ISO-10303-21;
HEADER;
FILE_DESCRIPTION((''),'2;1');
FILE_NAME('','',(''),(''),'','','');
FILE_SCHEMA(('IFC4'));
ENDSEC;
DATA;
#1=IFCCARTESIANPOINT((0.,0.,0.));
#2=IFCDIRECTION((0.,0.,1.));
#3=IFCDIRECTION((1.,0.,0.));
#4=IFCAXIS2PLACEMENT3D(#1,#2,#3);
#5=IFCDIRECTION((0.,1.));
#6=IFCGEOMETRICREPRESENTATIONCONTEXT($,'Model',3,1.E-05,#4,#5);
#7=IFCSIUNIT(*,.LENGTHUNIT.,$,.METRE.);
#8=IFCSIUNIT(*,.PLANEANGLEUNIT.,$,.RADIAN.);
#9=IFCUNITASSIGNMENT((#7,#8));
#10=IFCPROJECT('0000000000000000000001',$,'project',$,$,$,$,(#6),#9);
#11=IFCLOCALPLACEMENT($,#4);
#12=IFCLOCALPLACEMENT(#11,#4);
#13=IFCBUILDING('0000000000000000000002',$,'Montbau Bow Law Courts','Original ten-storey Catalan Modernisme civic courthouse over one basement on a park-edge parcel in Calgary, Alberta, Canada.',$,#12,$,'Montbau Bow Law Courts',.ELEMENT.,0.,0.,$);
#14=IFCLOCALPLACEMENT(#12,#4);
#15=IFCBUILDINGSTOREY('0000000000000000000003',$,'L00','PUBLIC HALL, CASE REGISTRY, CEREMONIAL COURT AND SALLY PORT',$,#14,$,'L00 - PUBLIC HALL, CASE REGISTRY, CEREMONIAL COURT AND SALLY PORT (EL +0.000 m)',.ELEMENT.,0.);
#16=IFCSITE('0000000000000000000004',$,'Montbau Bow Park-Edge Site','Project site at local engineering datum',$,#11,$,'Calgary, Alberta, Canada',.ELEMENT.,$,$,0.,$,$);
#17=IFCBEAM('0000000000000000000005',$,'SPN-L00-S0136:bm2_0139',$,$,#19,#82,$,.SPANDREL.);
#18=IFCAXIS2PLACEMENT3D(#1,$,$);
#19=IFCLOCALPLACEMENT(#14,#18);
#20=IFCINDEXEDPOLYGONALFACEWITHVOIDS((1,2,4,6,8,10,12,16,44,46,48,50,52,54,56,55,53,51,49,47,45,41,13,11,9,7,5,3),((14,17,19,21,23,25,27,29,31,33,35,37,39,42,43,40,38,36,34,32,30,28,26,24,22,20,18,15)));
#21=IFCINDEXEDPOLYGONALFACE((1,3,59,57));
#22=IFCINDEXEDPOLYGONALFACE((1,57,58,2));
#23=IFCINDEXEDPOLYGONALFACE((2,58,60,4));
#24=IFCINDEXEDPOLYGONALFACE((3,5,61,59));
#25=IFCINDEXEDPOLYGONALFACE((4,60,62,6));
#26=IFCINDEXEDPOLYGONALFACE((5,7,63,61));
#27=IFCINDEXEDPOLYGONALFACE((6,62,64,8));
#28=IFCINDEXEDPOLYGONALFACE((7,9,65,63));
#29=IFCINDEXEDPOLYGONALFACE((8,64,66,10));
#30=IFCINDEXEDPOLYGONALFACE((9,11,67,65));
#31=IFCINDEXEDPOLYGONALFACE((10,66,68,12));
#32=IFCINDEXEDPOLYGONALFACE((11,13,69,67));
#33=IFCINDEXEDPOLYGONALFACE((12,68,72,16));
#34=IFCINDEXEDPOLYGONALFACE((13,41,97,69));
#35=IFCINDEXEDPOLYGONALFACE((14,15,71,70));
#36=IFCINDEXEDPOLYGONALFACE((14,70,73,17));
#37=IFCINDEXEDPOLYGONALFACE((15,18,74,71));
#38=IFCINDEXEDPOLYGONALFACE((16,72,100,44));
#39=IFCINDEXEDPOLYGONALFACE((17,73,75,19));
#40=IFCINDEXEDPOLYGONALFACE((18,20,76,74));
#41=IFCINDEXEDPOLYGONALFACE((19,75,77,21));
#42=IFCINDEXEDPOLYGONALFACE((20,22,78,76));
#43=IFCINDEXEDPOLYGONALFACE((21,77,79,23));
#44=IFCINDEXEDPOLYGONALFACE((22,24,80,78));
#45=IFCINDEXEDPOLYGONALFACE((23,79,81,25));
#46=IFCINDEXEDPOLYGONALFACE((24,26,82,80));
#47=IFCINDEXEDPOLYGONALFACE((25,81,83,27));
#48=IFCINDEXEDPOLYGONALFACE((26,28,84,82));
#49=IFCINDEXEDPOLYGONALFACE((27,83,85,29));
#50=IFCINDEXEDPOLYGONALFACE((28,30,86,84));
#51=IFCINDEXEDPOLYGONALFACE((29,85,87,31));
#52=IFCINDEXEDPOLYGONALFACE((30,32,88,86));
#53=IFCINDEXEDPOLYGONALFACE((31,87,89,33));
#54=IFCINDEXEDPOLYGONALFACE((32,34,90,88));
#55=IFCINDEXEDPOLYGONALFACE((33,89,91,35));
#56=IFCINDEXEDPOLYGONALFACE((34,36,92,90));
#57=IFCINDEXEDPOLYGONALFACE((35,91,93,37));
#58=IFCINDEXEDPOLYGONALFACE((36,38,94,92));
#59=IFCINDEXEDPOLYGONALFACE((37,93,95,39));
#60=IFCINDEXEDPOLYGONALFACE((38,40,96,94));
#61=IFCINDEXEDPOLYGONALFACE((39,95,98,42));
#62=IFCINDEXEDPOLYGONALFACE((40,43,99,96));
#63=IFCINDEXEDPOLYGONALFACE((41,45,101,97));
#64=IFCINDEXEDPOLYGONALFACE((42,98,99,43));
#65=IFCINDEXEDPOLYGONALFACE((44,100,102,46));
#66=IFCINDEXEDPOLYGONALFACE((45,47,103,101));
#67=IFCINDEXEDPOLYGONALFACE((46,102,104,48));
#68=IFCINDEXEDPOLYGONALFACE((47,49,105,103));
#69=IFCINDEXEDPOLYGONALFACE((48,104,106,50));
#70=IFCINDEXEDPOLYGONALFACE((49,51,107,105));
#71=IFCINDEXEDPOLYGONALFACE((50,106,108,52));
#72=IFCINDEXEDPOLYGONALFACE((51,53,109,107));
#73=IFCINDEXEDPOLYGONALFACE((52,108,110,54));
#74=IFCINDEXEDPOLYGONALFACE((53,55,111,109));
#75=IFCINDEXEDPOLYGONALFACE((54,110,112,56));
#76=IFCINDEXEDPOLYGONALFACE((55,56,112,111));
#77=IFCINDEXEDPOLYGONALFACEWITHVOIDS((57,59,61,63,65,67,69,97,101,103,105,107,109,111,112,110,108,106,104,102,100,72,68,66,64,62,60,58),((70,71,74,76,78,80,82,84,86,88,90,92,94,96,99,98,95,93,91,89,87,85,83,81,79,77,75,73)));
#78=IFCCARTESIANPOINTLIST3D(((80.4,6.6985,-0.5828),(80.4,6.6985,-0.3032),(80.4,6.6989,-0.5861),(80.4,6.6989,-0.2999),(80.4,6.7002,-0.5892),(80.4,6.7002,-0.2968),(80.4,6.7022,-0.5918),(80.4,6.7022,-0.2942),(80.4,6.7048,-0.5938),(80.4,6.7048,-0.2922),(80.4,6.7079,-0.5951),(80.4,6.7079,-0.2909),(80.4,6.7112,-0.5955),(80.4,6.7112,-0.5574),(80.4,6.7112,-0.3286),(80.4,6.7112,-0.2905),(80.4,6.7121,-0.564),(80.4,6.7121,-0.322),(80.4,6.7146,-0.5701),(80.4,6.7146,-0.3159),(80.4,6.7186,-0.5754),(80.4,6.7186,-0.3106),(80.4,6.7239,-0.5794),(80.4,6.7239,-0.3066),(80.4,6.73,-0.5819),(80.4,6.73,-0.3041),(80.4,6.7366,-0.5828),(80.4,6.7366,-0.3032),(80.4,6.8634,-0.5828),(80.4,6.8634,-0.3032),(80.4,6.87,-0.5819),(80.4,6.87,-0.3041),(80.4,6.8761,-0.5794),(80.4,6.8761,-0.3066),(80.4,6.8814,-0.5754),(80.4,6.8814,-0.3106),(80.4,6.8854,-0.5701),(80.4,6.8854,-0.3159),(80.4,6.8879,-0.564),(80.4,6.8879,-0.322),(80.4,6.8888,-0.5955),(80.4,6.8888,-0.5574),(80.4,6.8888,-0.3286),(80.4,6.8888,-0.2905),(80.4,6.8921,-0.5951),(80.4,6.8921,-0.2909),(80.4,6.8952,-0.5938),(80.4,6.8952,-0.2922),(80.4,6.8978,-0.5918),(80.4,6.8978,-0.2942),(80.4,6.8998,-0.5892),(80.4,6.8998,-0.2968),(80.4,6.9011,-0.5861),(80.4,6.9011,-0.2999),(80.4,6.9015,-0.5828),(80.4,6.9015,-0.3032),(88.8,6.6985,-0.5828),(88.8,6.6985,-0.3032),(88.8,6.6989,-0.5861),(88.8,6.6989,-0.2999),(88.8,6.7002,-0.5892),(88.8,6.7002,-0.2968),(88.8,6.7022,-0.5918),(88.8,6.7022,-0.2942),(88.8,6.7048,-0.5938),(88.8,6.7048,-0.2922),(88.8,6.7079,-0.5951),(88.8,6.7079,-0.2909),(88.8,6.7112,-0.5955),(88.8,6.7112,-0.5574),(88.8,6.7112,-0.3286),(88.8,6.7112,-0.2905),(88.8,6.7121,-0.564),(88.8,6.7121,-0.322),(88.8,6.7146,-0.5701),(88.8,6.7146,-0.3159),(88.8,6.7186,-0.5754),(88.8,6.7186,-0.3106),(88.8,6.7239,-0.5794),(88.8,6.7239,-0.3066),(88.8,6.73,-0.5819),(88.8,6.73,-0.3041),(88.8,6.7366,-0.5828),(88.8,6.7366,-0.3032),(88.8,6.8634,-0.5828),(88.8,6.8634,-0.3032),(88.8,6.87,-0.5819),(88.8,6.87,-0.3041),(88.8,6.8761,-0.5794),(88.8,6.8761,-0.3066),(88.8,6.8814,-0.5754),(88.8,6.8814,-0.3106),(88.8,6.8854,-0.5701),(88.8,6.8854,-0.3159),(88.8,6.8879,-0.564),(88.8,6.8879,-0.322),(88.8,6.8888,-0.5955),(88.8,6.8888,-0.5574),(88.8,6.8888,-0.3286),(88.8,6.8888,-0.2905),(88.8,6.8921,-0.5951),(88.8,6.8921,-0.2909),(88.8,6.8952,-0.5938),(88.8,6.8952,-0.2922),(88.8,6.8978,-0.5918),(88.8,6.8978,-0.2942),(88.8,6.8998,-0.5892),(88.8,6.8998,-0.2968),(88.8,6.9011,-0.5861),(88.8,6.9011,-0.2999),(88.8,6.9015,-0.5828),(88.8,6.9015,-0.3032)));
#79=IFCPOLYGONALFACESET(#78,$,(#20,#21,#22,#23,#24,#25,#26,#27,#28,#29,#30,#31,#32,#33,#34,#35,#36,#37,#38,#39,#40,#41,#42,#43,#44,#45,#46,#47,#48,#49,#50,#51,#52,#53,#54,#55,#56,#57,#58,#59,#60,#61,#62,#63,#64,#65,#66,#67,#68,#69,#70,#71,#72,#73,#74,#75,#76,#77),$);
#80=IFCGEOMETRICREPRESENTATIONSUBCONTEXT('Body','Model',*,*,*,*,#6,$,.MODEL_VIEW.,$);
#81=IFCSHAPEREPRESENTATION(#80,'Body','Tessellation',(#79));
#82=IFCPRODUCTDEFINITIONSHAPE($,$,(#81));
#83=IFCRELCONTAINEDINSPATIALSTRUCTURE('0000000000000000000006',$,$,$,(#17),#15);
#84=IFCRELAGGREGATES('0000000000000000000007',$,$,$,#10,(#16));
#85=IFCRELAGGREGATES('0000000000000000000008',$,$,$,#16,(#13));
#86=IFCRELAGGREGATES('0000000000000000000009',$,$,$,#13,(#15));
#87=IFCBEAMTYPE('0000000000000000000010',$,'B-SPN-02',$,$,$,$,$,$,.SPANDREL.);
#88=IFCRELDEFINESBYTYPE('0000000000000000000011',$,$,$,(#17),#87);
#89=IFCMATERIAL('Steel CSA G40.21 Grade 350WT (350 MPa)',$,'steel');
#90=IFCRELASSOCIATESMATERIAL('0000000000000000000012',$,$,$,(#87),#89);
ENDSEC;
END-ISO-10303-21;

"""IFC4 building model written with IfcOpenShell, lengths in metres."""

from ifc_helpers import new_model, si_unit, direction, frame, origin_with_axes, origin_2d_with_axis, place, context, subcontext, project, spatial, hollow_rectangle, extrude, material, material_profile, profile_set, type_object, element, save


model = new_model("IFC4")

# Units and contexts
model_context = context("Model", 3, precision=1e-05, world=origin_with_axes(), true_north=direction((0.0, 1.0)))
body_context = subcontext(model_context, "Body", "Model", "MODEL_VIEW")
ifc_project = project(units=[si_unit("LENGTHUNIT", "METRE"), si_unit("PLANEANGLEUNIT", "RADIAN")], contexts=[model_context])

# Site, building, storey
site_placement = place(None, origin_with_axes())
site = spatial("IfcSite", under=ifc_project, at=site_placement, Name="Montbau Bow Park-Edge Site", Description="Project site at local engineering datum", LongName="Calgary, Alberta, Canada", CompositionType="ELEMENT", RefElevation=0.0)
building_placement = place(site_placement, origin_with_axes())
building = spatial("IfcBuilding", under=site, at=building_placement, Name="Montbau Bow Law Courts", Description="Original ten-storey Catalan Modernisme civic courthouse over one basement on a park-edge parcel in Calgary, Alberta, Canada.", LongName="Montbau Bow Law Courts", CompositionType="ELEMENT", ElevationOfRefHeight=0.0, ElevationOfTerrain=0.0)
storey_placement = place(building_placement, origin_with_axes())
storey = spatial("IfcBuildingStorey", under=building, at=storey_placement, Name="L00", Description="PUBLIC HALL, CASE REGISTRY, CEREMONIAL COURT AND SALLY PORT", LongName="L00 - PUBLIC HALL, CASE REGISTRY, CEREMONIAL COURT AND SALLY PORT (EL +0.000 m)", CompositionType="ELEMENT", Elevation=0.0)

# Beam
ifc_material_1 = material(Name="Steel CSA G40.21 Grade 350WT (350 MPa)", Category="steel")
ifc_material_profile_1 = material_profile(ifc_material_1, hollow_rectangle(XDim=0.203, YDim=0.305, WallThickness=0.0127, InnerFilletRadius=0.0254, OuterFilletRadius=0.0127, at=origin_2d_with_axis()), Name="HSS305X203X13", Category="Main", Priority=0)
ifc_profile_set_1 = profile_set([ifc_material_profile_1], Name="Steel CSA G40.21 Grade 350WT (350 MPa)")
beam_type_1 = type_object("IfcBeamType", Name="B-SPN-02", PredefinedType="SPANDREL", material=ifc_profile_set_1)
for number, where, z_axis, x_axis, name in (
    (1, (80.4, 6.8, -0.443), (1.0, 0.0, 0.0), (0.0, 1.0, 0.0), "SPN-L00-S0136:bm2_0139"),
):
    element("IfcBeam", number, at=place(None, frame(where, z_axis=z_axis, x_axis=x_axis)), inside=storey, type_object=beam_type_1, Name=name, PredefinedType="SPANDREL", context=body_context, shape_type="SweptSolid", body=[
        extrude(hollow_rectangle(XDim=0.203, YDim=0.305, WallThickness=0.0127, InnerFilletRadius=0.0254, OuterFilletRadius=0.0127, at=origin_2d_with_axis()), origin_with_axes(), (0.0, 0.0, 1.0), 8.4),
    ])

save(model, "model.ifc")
